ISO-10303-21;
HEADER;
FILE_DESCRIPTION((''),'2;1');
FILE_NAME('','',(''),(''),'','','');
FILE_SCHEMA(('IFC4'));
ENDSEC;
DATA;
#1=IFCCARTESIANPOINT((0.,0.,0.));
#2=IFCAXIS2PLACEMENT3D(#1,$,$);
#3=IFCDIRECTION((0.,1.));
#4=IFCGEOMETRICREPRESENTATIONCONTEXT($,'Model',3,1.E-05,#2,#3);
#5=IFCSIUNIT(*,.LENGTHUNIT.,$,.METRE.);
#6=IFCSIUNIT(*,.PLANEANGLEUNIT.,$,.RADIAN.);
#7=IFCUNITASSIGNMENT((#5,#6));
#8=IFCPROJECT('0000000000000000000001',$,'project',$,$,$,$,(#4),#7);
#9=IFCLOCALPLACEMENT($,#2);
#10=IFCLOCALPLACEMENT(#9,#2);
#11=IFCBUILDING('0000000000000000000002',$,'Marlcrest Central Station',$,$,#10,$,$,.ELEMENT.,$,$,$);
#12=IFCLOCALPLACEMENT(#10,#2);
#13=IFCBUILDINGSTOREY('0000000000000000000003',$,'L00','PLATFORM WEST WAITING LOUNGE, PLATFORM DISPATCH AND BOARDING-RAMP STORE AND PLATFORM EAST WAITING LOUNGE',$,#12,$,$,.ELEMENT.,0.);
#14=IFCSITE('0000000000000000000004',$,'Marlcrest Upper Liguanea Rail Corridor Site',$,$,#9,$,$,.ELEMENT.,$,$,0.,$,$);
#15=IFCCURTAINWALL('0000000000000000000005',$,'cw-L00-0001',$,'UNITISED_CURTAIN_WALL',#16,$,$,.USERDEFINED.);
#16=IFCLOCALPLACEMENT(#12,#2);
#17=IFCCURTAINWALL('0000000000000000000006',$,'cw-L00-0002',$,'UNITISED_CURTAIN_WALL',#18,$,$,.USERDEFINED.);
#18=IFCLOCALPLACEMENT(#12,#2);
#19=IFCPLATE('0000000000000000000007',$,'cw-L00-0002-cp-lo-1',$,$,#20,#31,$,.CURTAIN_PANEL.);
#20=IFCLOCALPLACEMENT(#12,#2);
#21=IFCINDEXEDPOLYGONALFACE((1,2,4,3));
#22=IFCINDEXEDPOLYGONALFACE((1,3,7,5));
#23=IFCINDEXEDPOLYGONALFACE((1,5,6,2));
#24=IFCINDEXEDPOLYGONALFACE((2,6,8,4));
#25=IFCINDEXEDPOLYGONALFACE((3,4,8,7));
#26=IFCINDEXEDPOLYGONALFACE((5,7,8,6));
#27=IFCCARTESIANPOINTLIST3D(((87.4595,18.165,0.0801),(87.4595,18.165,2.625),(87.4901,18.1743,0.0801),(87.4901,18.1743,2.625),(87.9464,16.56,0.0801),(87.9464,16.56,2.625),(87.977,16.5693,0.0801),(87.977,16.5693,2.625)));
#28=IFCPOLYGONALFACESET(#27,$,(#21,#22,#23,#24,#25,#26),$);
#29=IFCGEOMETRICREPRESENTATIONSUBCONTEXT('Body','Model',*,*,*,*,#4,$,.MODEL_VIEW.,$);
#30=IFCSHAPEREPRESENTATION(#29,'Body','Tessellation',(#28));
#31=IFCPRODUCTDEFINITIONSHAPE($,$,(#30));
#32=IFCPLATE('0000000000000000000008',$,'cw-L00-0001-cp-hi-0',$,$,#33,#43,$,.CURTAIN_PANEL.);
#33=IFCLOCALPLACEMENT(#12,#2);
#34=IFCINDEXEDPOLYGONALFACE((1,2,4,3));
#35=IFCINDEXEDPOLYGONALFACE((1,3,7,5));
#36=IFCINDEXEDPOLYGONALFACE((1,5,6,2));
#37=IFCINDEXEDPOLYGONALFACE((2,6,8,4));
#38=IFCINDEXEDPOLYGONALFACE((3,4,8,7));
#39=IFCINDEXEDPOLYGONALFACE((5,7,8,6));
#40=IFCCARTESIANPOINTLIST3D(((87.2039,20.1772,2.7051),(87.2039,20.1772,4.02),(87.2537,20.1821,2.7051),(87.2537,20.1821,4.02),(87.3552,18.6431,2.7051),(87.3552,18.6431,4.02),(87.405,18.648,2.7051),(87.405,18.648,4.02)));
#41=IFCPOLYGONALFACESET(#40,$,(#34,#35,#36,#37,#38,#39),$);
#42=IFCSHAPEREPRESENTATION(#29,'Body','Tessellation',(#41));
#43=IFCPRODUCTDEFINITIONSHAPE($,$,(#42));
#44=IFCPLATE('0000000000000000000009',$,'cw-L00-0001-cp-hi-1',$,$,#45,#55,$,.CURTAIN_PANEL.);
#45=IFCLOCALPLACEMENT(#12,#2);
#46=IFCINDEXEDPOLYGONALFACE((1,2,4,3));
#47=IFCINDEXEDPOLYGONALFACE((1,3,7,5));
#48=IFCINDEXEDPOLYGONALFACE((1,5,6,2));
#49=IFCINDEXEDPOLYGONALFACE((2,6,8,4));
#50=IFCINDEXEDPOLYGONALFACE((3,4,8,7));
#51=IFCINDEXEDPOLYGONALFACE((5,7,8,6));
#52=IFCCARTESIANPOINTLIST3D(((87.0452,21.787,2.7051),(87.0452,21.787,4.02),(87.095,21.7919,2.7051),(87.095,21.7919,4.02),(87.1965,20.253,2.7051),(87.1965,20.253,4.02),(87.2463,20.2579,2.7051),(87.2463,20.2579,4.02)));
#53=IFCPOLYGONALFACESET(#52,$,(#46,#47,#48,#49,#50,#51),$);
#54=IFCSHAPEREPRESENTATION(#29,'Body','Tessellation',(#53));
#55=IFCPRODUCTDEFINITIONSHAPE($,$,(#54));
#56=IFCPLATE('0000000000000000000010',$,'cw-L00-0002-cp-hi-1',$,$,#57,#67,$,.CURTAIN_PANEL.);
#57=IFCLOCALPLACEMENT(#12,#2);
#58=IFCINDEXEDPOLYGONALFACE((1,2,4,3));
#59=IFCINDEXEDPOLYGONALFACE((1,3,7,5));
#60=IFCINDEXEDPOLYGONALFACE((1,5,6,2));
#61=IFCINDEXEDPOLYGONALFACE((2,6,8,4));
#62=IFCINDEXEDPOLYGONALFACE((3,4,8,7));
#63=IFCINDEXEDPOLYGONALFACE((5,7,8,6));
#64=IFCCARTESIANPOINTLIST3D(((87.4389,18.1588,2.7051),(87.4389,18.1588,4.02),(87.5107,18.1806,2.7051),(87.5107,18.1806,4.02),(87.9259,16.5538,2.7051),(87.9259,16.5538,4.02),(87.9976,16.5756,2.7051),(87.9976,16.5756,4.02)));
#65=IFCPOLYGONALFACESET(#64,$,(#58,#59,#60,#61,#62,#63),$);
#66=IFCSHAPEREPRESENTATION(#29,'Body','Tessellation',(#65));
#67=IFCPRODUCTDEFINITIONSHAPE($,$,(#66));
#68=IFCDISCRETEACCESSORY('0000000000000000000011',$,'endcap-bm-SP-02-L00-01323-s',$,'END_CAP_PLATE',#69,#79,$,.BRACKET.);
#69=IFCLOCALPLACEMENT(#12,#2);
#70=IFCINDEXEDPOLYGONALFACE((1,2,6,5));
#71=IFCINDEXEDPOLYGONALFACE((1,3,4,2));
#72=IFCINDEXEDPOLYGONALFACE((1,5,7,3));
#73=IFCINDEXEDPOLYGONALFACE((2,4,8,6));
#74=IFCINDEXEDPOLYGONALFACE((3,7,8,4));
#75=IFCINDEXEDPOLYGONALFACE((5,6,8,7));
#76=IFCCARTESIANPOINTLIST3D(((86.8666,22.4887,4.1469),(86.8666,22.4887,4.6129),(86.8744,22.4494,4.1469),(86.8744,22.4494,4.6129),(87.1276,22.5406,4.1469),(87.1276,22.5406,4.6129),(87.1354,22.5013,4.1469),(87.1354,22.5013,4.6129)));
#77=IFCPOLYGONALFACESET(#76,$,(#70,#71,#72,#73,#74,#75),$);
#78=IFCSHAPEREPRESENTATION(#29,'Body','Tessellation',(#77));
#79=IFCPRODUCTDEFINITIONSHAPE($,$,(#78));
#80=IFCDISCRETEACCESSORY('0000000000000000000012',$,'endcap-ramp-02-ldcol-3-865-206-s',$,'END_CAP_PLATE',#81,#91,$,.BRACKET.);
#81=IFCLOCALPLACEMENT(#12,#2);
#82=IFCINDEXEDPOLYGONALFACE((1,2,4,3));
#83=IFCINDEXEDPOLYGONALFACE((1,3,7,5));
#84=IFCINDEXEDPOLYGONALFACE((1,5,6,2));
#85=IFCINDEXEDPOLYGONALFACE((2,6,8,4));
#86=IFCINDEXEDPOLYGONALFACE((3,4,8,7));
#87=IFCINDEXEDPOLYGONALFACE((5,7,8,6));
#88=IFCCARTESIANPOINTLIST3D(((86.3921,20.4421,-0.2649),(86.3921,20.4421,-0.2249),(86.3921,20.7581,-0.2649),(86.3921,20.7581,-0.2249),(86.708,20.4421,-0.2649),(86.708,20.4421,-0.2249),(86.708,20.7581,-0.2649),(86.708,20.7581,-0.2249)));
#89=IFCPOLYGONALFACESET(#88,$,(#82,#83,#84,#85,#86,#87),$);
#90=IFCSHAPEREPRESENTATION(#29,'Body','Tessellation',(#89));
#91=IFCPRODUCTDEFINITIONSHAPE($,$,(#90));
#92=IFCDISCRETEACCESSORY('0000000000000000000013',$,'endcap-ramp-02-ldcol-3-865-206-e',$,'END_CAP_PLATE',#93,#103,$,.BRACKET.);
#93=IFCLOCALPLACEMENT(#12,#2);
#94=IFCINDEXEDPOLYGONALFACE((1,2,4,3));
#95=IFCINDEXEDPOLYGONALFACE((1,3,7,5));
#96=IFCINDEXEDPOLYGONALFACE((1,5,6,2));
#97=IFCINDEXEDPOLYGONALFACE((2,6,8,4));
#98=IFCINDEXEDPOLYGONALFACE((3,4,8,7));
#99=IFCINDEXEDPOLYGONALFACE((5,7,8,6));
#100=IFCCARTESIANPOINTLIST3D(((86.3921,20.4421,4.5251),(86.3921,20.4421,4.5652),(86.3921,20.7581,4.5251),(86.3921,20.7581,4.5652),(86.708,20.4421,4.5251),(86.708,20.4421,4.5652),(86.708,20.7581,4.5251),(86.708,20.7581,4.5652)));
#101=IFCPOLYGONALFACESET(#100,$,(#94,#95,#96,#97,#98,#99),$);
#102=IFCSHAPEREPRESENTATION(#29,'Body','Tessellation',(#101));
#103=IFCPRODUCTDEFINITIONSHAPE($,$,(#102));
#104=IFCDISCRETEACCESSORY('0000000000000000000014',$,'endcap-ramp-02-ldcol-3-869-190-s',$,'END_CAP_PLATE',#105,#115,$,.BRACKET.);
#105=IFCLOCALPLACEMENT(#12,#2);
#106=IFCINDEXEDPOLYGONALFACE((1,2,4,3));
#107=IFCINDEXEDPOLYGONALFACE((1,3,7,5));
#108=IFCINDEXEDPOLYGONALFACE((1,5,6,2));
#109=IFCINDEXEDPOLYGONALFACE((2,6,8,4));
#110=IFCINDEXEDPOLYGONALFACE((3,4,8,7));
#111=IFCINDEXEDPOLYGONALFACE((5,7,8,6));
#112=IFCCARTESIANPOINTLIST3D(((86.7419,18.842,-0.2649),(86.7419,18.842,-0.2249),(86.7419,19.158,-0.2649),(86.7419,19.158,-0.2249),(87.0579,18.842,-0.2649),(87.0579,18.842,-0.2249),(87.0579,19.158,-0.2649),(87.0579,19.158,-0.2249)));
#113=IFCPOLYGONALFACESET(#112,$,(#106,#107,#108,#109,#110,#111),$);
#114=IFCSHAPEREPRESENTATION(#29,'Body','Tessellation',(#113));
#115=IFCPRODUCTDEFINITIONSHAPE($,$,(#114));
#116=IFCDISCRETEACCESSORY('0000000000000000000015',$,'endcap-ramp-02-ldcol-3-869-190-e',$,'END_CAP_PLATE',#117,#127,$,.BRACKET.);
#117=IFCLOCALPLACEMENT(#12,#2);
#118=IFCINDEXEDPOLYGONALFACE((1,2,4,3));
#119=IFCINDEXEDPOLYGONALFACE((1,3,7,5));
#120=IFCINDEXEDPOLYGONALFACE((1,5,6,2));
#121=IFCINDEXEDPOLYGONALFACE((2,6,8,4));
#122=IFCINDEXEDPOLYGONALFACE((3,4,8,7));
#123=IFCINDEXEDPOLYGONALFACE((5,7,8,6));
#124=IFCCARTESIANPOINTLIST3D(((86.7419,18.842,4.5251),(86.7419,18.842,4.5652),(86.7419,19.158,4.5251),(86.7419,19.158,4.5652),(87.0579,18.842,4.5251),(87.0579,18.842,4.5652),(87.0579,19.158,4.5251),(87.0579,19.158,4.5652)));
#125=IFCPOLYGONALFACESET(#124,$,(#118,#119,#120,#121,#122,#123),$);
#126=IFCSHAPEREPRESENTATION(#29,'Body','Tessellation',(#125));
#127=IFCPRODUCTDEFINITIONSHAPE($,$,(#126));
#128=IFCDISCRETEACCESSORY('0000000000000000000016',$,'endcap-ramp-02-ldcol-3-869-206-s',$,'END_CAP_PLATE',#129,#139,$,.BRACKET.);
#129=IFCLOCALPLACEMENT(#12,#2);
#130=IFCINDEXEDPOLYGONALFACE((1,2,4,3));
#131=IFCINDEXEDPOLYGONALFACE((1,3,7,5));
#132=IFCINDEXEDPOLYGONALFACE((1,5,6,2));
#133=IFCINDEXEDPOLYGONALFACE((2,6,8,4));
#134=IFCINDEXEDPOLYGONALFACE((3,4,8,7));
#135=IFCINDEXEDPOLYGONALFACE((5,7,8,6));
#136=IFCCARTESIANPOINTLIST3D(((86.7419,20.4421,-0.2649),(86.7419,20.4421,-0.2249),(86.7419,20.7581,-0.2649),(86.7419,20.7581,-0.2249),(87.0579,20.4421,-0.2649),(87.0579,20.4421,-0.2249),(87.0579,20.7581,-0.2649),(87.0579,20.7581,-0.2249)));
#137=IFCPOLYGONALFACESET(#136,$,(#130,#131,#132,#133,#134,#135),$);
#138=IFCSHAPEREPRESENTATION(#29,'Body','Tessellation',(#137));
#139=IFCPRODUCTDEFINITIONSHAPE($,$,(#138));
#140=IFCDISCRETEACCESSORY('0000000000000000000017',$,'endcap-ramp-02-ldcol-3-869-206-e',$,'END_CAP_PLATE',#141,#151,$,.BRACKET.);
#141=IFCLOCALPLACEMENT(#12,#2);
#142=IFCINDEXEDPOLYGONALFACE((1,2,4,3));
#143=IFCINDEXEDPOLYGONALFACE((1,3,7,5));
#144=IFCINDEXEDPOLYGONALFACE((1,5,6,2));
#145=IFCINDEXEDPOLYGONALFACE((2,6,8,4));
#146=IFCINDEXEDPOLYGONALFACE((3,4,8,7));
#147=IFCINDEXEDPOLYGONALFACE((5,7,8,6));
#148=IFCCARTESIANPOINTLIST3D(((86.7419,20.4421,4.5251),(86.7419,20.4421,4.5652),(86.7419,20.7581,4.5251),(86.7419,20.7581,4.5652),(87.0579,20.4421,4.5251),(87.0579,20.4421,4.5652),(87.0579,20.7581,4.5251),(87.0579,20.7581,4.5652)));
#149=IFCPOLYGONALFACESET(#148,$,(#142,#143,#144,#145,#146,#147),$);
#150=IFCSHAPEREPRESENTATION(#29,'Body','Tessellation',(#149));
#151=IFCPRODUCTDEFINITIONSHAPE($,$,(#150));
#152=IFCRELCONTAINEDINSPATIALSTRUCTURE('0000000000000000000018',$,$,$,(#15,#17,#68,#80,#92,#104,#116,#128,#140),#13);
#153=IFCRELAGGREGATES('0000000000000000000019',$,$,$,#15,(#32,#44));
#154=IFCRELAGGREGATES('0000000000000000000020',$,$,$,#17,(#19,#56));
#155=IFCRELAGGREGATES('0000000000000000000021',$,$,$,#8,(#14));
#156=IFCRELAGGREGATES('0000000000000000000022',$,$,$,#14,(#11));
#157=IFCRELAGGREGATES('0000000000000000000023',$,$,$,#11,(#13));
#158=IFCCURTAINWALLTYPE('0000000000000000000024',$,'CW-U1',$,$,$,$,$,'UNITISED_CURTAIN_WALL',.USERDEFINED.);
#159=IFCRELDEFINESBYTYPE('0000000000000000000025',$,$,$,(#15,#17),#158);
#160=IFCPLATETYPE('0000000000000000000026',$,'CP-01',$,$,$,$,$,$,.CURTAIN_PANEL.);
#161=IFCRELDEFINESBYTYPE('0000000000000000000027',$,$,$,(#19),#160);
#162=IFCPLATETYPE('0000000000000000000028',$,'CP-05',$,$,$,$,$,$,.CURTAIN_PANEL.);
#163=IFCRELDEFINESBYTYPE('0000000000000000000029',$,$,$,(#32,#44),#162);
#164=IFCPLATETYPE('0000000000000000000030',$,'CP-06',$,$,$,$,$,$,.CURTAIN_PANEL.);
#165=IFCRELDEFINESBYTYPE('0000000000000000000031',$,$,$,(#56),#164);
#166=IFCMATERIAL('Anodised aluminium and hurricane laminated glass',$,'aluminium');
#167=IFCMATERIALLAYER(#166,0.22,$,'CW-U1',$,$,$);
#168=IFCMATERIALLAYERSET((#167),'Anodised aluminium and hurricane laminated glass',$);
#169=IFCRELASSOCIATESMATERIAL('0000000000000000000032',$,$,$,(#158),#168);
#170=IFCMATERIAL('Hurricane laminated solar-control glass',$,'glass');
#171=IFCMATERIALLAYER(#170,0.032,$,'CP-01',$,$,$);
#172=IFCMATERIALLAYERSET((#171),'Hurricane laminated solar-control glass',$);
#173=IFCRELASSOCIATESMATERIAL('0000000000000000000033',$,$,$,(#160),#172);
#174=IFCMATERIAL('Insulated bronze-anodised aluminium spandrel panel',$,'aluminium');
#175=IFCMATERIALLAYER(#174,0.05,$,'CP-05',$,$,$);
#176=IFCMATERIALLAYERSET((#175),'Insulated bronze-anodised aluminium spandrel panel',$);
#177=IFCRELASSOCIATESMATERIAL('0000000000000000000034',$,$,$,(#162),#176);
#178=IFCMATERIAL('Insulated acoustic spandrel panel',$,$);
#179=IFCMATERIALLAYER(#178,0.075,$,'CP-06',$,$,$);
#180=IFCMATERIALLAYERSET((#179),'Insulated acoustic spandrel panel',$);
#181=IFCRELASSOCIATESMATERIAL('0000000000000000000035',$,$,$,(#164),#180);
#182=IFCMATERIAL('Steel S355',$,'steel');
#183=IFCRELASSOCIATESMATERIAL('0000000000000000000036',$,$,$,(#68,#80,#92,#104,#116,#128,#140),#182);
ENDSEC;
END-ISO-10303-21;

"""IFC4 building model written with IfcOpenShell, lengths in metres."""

from ifc_helpers import new_model, si_unit, direction, frame, origin, origin_2d, place, context, subcontext, project, spatial, rectangle, extrude, material, layer, layer_set, type_object, element, aggregate, save


model = new_model("IFC4")

# Units and contexts
model_context = context("Model", 3, precision=1e-05, world=origin(), true_north=direction((0.0, 1.0)))
body_context = subcontext(model_context, "Body", "Model", "MODEL_VIEW")
ifc_project = project(units=[si_unit("LENGTHUNIT", "METRE"), si_unit("PLANEANGLEUNIT", "RADIAN")], contexts=[model_context])

# Site, building, storey
site_placement = place(None, origin())
site = spatial("IfcSite", under=ifc_project, at=site_placement, Name="Marlcrest Upper Liguanea Rail Corridor Site", CompositionType="ELEMENT", RefElevation=0.0)
building_placement = place(site_placement, origin())
building = spatial("IfcBuilding", under=site, at=building_placement, Name="Marlcrest Central Station", CompositionType="ELEMENT")
storey_placement = place(building_placement, origin())
storey = spatial("IfcBuildingStorey", under=building, at=storey_placement, Name="L00", Description="PLATFORM WEST WAITING LOUNGE, PLATFORM DISPATCH AND BOARDING-RAMP STORE AND PLATFORM EAST WAITING LOUNGE", CompositionType="ELEMENT", Elevation=0.0)

# Shared definitions
ifc_material_1 = material(Name="Steel S355", Category="steel")

# Curtain wall
ifc_material_2 = material(Name="Anodised aluminium and hurricane laminated glass", Category="aluminium")
ifc_layer_1 = layer(ifc_material_2, 0.22, Name="CW-U1")
ifc_layer_set_1 = layer_set([ifc_layer_1], Name="Anodised aluminium and hurricane laminated glass")
curtain_wall_type = type_object("IfcCurtainWallType", Name="CW-U1", ElementType="UNITISED_CURTAIN_WALL", PredefinedType="USERDEFINED", material=ifc_layer_set_1)
curtain_wall_1_placement = place(storey_placement, origin())
curtain_wall_1 = element("IfcCurtainWall", 1, at=curtain_wall_1_placement, inside=storey, type_object=curtain_wall_type, Name="cw-L00-0001", ObjectType="UNITISED_CURTAIN_WALL", PredefinedType="USERDEFINED")

# Curtain wall
curtain_wall_2_placement = place(storey_placement, origin())
curtain_wall_2 = element("IfcCurtainWall", 2, at=curtain_wall_2_placement, inside=storey, type_object=curtain_wall_type, Name="cw-L00-0002", ObjectType="UNITISED_CURTAIN_WALL", PredefinedType="USERDEFINED")

# Plates
ifc_material_3 = material(Name="Hurricane laminated solar-control glass", Category="glass")
ifc_layer_2 = layer(ifc_material_3, 0.032, Name="CP-01")
ifc_layer_set_2 = layer_set([ifc_layer_2], Name="Hurricane laminated solar-control glass")
plate_type_1 = type_object("IfcPlateType", Name="CP-01", PredefinedType="CURTAIN_PANEL", material=ifc_layer_set_2)
plate_1_placement = place(storey_placement, frame((87.7183, 17.3672, 0.0801), z_axis=(0.0, 0.0, 1.0), x_axis=(-0.290318, 0.95693, 0.0)))
plate_1 = element("IfcPlate", 3, at=plate_1_placement, type_object=plate_type_1, Name="cw-L00-0002-cp-lo-1", PredefinedType="CURTAIN_PANEL", context=body_context, shape_type="SweptSolid", body=[
    extrude(rectangle(XDim=1.6772, YDim=0.032, at=origin_2d()), origin(), (0.0, 0.0, 1.0), 2.5449),
])
ifc_material_4 = material(Name="Insulated bronze-anodised aluminium spandrel panel", Category="aluminium")
ifc_layer_3 = layer(ifc_material_4, 0.05, Name="CP-05")
ifc_layer_set_3 = layer_set([ifc_layer_3], Name="Insulated bronze-anodised aluminium spandrel panel")
plate_type_2 = type_object("IfcPlateType", Name="CP-05", PredefinedType="CURTAIN_PANEL", material=ifc_layer_set_3)
plate_2_placement = place(storey_placement, frame((87.3044, 19.4126, 2.7051), z_axis=(0.0, 0.0, 1.0), x_axis=(-0.098139, 0.995173, 0.0)))
plate_2 = element("IfcPlate", 4, at=plate_2_placement, type_object=plate_type_2, Name="cw-L00-0001-cp-hi-0", PredefinedType="CURTAIN_PANEL", context=body_context, shape_type="SweptSolid", body=[
    extrude(rectangle(XDim=1.5415, YDim=0.05, at=origin_2d()), origin(), (0.0, 0.0, 1.0), 1.3149),
])
plate_3_placement = place(storey_placement, frame((87.1458, 21.0225, 2.7051), z_axis=(0.0, 0.0, 1.0), x_axis=(-0.098139, 0.995173, 0.0)))
plate_3 = element("IfcPlate", 5, at=plate_3_placement, type_object=plate_type_2, Name="cw-L00-0001-cp-hi-1", PredefinedType="CURTAIN_PANEL", context=body_context, shape_type="SweptSolid", body=[
    extrude(rectangle(XDim=1.5415, YDim=0.05, at=origin_2d()), origin(), (0.0, 0.0, 1.0), 1.3149),
])
aggregate(curtain_wall_1, [plate_2, plate_3])
ifc_material_5 = material(Name="Insulated acoustic spandrel panel")
ifc_layer_4 = layer(ifc_material_5, 0.075, Name="CP-06")
ifc_layer_set_4 = layer_set([ifc_layer_4], Name="Insulated acoustic spandrel panel")
plate_type_3 = type_object("IfcPlateType", Name="CP-06", PredefinedType="CURTAIN_PANEL", material=ifc_layer_set_4)
plate_4_placement = place(storey_placement, frame((87.7183, 17.3672, 2.7051), z_axis=(0.0, 0.0, 1.0), x_axis=(-0.290318, 0.95693, 0.0)))
plate_4 = element("IfcPlate", 6, at=plate_4_placement, type_object=plate_type_3, Name="cw-L00-0002-cp-hi-1", PredefinedType="CURTAIN_PANEL", context=body_context, shape_type="SweptSolid", body=[
    extrude(rectangle(XDim=1.6772, YDim=0.075, at=origin_2d()), origin(), (0.0, 0.0, 1.0), 1.3149),
])
aggregate(curtain_wall_2, [plate_1, plate_4])

# Discrete accessories
discrete_accessory_placement = place(storey_placement, frame((86.9971, 22.5146, 4.3799), z_axis=(0.195171, -0.980769, 0.0), x_axis=(0.980769, 0.195171, 0.0)))
element("IfcDiscreteAccessory", 7, at=discrete_accessory_placement, inside=storey, material=ifc_material_1, Name="endcap-bm-SP-02-L00-01323-s", ObjectType="END_CAP_PLATE", PredefinedType="BRACKET", context=body_context, shape_type="SweptSolid", body=[
    extrude(rectangle(XDim=0.2661, YDim=0.4661, at=origin_2d()), origin(), (0.0, 0.0, 1.0), 0.04),
])
for number, where, z_axis, x_axis, name in (
    (8, (86.55, 20.6001, -0.2649), (0.0, 0.0, 1.0), (1.0, 0.0, 0.0), "endcap-ramp-02-ldcol-3-865-206-s"),
    (9, (86.55, 20.6001, 4.5251), (0.0, 0.0, 1.0), (1.0, 0.0, 0.0), "endcap-ramp-02-ldcol-3-865-206-e"),
    (10, (86.8999, 19.0, -0.2649), (0.0, 0.0, 1.0), (1.0, 0.0, 0.0), "endcap-ramp-02-ldcol-3-869-190-s"),
    (11, (86.8999, 19.0, 4.5251), (0.0, 0.0, 1.0), (1.0, 0.0, 0.0), "endcap-ramp-02-ldcol-3-869-190-e"),
    (12, (86.8999, 20.6001, -0.2649), (0.0, 0.0, 1.0), (1.0, 0.0, 0.0), "endcap-ramp-02-ldcol-3-869-206-s"),
    (13, (86.8999, 20.6001, 4.5251), (0.0, 0.0, 1.0), (1.0, 0.0, 0.0), "endcap-ramp-02-ldcol-3-869-206-e"),
):
    element("IfcDiscreteAccessory", number, at=place(storey_placement, frame(where, z_axis=z_axis, x_axis=x_axis)), inside=storey, material=ifc_material_1, Name=name, ObjectType="END_CAP_PLATE", PredefinedType="BRACKET", context=body_context, shape_type="SweptSolid", body=[
        extrude(rectangle(XDim=0.3159, YDim=0.3159, at=origin_2d()), origin(), (0.0, 0.0, 1.0), 0.04),
    ])

save(model, "model.ifc")
